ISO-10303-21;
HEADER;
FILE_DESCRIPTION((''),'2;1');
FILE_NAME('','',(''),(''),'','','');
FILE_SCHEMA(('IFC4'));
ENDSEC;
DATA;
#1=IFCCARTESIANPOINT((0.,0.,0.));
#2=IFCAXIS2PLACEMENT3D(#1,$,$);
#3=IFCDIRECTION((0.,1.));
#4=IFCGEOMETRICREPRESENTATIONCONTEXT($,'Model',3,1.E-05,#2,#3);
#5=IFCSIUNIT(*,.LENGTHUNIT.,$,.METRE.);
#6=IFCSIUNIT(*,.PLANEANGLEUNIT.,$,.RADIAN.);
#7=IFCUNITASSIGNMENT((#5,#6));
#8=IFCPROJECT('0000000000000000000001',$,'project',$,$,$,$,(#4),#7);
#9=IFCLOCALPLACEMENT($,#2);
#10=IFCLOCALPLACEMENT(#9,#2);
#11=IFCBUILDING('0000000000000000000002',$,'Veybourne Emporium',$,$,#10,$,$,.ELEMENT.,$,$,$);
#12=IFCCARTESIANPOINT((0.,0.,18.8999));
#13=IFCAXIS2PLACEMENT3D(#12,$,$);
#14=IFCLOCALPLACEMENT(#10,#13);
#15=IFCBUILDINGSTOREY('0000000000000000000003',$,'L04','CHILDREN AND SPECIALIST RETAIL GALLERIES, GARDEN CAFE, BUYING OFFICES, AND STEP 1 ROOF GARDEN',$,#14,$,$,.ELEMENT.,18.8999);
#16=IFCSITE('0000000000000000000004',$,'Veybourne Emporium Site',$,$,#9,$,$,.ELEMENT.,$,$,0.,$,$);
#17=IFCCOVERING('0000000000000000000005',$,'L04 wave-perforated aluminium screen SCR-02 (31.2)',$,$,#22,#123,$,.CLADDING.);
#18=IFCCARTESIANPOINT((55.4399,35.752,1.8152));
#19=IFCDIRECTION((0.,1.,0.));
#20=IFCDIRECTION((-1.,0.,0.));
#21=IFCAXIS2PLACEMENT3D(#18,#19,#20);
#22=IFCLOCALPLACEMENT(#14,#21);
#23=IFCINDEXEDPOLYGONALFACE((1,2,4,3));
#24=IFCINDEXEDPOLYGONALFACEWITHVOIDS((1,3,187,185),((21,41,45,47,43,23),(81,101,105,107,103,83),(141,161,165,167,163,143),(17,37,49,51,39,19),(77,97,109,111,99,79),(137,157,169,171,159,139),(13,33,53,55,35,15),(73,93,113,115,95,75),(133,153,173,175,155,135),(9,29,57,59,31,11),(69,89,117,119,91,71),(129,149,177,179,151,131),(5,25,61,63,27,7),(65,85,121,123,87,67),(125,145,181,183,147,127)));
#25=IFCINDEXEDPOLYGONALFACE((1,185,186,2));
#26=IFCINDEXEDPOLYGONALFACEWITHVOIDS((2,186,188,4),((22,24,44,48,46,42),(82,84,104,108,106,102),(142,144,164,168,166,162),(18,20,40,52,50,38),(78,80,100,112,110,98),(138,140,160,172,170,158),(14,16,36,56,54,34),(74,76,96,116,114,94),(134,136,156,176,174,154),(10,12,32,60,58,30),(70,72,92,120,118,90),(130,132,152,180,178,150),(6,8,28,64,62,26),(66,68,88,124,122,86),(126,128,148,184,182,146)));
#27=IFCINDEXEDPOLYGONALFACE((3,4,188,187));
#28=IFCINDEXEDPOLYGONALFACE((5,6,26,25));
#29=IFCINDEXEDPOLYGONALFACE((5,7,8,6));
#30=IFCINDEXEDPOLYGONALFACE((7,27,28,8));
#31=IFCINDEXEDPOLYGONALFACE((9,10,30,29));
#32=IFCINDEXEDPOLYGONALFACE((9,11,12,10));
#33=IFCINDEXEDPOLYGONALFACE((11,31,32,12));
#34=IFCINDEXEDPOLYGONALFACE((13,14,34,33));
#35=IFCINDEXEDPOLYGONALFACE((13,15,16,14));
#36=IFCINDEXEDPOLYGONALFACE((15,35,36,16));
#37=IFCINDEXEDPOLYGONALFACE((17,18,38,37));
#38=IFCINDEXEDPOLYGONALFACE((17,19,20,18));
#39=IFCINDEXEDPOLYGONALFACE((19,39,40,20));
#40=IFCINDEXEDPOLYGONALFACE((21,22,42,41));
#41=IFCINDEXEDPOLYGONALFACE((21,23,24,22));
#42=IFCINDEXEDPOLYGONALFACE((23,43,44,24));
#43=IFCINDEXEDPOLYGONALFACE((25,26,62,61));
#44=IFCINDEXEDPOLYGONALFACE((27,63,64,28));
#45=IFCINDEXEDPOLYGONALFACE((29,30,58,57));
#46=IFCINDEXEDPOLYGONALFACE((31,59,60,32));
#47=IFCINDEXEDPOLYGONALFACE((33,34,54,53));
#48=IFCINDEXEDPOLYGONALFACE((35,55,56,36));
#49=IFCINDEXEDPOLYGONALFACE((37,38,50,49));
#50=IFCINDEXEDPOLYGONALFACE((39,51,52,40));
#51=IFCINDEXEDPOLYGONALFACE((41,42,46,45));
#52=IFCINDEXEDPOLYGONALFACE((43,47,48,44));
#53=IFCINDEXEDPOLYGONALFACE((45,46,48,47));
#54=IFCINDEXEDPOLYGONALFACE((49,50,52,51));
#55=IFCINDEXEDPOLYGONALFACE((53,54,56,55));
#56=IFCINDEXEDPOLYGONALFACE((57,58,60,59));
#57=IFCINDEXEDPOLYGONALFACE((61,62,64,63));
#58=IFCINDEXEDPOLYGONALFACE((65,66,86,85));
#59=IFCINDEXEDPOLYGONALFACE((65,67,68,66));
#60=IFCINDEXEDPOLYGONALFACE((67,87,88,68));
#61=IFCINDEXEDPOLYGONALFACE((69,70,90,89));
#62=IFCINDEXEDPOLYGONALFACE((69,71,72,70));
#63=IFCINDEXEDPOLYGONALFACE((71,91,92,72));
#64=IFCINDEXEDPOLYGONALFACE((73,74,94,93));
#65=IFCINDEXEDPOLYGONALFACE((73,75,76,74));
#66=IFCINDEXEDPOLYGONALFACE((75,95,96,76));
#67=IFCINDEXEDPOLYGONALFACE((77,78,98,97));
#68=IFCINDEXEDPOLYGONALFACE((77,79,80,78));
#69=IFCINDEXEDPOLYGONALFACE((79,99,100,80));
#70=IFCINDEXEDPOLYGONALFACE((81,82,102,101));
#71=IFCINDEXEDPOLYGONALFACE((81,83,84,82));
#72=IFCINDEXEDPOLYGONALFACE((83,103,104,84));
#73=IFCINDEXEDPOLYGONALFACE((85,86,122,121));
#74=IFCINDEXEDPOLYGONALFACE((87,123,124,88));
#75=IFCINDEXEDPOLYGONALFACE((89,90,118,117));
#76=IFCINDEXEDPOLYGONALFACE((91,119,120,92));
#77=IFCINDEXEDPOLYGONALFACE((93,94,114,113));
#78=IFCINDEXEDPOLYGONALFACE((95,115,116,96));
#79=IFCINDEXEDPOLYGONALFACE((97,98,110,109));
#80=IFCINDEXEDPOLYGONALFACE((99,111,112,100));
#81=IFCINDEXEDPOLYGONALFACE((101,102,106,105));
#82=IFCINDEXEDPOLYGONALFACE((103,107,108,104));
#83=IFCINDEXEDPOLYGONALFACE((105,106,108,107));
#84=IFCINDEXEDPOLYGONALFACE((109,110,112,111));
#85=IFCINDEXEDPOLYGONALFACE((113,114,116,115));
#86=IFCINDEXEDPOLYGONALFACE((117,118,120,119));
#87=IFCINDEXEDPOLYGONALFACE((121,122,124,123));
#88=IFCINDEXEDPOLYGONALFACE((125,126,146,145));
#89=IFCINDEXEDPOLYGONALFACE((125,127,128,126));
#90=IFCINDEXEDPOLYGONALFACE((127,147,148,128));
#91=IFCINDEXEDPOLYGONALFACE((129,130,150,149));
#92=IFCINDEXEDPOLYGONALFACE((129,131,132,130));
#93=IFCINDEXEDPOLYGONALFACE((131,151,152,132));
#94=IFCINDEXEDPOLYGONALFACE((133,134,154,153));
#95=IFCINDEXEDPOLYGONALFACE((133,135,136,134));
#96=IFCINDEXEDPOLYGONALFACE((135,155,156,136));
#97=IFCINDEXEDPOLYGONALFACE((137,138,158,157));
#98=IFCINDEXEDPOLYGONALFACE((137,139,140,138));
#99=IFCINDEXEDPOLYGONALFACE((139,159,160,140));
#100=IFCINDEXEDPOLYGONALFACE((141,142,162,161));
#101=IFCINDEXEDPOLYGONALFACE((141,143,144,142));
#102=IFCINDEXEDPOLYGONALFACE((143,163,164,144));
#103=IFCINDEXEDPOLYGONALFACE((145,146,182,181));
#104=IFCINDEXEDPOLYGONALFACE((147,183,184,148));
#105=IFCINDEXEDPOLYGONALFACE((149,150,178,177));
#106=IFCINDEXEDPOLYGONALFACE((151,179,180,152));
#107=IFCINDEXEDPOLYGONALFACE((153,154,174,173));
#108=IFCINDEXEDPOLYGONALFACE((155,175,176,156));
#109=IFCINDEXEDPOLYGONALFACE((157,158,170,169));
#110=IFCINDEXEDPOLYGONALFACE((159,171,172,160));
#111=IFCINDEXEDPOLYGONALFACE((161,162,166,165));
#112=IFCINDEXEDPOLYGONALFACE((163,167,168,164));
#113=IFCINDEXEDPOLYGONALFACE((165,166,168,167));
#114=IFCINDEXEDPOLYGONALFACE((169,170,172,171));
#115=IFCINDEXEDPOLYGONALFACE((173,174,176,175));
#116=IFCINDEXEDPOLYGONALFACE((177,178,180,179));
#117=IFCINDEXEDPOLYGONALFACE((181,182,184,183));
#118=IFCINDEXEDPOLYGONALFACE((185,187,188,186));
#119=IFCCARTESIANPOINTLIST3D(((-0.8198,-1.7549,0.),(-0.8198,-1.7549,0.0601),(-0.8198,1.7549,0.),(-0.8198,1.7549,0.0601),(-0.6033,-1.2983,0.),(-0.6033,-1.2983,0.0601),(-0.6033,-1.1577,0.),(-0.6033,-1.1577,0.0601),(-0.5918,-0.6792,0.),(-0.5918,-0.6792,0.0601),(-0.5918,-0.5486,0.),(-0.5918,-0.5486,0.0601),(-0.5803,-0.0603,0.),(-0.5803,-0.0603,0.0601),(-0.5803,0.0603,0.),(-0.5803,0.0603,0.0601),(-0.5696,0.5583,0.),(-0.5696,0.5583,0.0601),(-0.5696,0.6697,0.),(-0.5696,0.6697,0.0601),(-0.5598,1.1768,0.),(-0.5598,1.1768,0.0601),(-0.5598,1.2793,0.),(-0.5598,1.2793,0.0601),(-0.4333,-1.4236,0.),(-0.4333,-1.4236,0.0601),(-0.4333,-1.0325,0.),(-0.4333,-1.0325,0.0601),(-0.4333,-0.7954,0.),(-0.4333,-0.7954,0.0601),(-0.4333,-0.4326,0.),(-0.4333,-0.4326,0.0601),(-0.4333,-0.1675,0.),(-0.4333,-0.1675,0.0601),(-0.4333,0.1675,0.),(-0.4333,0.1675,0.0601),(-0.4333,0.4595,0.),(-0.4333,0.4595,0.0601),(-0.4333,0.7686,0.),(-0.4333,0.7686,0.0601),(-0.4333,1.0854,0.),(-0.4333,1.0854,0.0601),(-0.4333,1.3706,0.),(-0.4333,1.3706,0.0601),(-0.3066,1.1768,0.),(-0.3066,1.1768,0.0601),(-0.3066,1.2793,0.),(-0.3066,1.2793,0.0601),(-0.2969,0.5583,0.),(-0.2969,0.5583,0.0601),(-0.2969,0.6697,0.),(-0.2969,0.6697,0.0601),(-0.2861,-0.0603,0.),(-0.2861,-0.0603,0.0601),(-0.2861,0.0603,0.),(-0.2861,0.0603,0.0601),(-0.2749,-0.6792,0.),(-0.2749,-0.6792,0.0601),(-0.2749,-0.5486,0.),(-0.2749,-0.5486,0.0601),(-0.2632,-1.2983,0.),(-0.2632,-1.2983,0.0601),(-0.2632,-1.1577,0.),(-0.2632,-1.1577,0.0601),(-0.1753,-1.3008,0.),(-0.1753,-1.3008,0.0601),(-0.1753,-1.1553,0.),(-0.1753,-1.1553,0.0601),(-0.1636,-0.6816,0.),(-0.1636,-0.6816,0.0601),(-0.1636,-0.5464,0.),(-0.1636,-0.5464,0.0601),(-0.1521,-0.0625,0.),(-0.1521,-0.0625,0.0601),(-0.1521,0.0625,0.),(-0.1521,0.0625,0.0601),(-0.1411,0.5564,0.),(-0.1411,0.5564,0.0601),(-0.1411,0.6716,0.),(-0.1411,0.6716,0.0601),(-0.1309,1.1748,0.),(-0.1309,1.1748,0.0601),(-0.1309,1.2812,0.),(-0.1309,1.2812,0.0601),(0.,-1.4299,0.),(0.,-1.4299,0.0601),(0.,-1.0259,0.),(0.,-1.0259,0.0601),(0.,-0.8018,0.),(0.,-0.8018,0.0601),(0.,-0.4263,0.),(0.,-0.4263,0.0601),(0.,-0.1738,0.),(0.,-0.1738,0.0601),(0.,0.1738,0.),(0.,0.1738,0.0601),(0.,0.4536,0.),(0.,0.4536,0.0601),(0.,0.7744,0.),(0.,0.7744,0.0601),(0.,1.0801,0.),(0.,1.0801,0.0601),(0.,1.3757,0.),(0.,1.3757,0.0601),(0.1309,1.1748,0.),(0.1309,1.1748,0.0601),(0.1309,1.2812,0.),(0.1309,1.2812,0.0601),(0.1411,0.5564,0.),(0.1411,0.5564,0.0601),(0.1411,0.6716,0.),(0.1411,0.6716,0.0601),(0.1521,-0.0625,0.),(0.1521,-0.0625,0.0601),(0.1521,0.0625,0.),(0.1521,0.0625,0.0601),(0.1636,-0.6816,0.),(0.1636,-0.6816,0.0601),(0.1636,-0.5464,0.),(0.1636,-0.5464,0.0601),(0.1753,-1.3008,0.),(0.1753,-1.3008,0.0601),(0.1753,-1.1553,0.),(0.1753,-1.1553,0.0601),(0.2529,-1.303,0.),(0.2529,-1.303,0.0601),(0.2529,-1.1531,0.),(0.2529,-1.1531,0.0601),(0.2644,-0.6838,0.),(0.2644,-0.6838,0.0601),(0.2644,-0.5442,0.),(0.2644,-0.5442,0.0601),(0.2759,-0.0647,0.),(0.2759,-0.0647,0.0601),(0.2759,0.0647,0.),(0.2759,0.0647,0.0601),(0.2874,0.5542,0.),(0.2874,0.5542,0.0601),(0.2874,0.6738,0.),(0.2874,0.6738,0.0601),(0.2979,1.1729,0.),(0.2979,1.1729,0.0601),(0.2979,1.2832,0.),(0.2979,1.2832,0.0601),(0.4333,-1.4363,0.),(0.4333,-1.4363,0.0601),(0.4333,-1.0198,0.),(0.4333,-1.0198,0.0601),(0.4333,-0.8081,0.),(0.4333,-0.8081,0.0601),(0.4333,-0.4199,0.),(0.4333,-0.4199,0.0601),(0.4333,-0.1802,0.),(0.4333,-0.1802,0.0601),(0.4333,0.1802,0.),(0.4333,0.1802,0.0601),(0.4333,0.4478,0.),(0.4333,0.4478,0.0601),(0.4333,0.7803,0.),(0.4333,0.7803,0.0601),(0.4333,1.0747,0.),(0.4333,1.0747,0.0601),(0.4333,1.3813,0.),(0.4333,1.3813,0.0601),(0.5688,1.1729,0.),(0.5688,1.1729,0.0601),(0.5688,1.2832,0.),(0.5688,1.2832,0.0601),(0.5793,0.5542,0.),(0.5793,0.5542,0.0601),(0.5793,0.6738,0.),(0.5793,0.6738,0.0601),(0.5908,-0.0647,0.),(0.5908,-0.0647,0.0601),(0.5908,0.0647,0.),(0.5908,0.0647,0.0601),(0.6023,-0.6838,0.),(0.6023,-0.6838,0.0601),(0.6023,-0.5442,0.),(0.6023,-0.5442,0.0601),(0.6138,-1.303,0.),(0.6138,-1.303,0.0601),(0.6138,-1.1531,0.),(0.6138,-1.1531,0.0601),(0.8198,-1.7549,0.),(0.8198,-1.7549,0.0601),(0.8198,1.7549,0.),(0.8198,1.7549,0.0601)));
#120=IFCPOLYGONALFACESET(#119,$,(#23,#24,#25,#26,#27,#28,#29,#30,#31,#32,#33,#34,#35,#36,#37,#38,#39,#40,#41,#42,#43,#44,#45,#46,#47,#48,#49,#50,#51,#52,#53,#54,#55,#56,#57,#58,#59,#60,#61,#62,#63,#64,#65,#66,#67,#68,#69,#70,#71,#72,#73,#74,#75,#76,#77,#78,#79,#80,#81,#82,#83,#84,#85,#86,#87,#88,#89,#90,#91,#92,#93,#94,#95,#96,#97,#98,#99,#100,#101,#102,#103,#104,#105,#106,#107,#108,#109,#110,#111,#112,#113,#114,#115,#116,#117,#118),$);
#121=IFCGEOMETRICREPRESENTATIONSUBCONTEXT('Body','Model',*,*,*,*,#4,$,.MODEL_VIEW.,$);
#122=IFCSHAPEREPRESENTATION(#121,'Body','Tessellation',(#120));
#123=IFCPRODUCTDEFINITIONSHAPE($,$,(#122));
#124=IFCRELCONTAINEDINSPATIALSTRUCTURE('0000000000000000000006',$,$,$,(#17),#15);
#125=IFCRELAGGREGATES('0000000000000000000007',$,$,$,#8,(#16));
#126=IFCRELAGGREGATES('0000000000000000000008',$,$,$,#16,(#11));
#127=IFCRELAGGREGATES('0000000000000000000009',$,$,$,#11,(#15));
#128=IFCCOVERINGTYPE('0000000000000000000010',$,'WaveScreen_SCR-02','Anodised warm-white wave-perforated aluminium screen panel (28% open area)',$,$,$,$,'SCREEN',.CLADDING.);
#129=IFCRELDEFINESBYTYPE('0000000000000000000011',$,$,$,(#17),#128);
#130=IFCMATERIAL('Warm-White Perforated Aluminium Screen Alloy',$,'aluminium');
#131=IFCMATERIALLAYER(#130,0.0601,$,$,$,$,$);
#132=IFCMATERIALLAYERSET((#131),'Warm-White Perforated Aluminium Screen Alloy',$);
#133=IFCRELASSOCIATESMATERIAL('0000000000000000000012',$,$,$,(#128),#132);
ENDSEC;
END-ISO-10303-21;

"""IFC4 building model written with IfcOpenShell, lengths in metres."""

from ifc_helpers import new_model, si_unit, direction, frame, origin, place, context, subcontext, project, spatial, polyline, outline, extrude, material, layer, layer_set, type_object, element, save


model = new_model("IFC4")

# Units and contexts
model_context = context("Model", 3, precision=1e-05, world=origin(), true_north=direction((0.0, 1.0)))
body_context = subcontext(model_context, "Body", "Model", "MODEL_VIEW")
ifc_project = project(units=[si_unit("LENGTHUNIT", "METRE"), si_unit("PLANEANGLEUNIT", "RADIAN")], contexts=[model_context])

# Site, building, storey
site_placement = place(None, origin())
site = spatial("IfcSite", under=ifc_project, at=site_placement, Name="Veybourne Emporium Site", CompositionType="ELEMENT", RefElevation=0.0)
building_placement = place(site_placement, origin())
building = spatial("IfcBuilding", under=site, at=building_placement, Name="Veybourne Emporium", CompositionType="ELEMENT")
storey_placement = place(building_placement, frame((0.0, 0.0, 18.8999)))
storey = spatial("IfcBuildingStorey", under=building, at=storey_placement, Name="L04", Description="CHILDREN AND SPECIALIST RETAIL GALLERIES, GARDEN CAFE, BUYING OFFICES, AND STEP 1 ROOF GARDEN", CompositionType="ELEMENT", Elevation=18.8999)

# Covering
ifc_material_1 = material(Name="Warm-White Perforated Aluminium Screen Alloy", Category="aluminium")
ifc_layer_1 = layer(ifc_material_1, 0.0601)
ifc_layer_set_1 = layer_set([ifc_layer_1], Name="Warm-White Perforated Aluminium Screen Alloy")
covering_type_1 = type_object("IfcCoveringType", Name="WaveScreen_SCR-02", Description="Anodised warm-white wave-perforated aluminium screen panel (28% open area)", ElementType="SCREEN", PredefinedType="CLADDING", material=ifc_layer_set_1)
covering_1_placement = place(storey_placement, frame((55.4399, 35.752, 1.8152), z_axis=(0.0, 1.0, 0.0), x_axis=(-1.0, 0.0, 0.0)))
element("IfcCovering", 1, at=covering_1_placement, inside=storey, type_object=covering_type_1, Name="L04 wave-perforated aluminium screen SCR-02 (31.2)", PredefinedType="CLADDING", context=body_context, shape_type="SweptSolid", body=[
    extrude(outline(polyline([(-0.8198, -1.7549), (0.8198, -1.7549), (0.8198, 1.7549), (-0.8198, 1.7549), (-0.8198, -1.7549)]), holes=[polyline([(-0.4333, -1.0325), (-0.2632, -1.1577), (-0.2632, -1.2983), (-0.4333, -1.4236), (-0.6033, -1.2983), (-0.6033, -1.1577), (-0.4333, -1.0325)]), polyline([(-0.4333, -0.4326), (-0.2749, -0.5486), (-0.2749, -0.6792), (-0.4333, -0.7954), (-0.5918, -0.6792), (-0.5918, -0.5486), (-0.4333, -0.4326)]), polyline([(-0.4333, 0.1675), (-0.2861, 0.0603), (-0.2861, -0.0603), (-0.4333, -0.1675), (-0.5803, -0.0603), (-0.5803, 0.0603), (-0.4333, 0.1675)]), polyline([(-0.4333, 0.7686), (-0.2969, 0.6697), (-0.2969, 0.5583), (-0.4333, 0.4595), (-0.5696, 0.5583), (-0.5696, 0.6697), (-0.4333, 0.7686)]), polyline([(-0.4333, 1.3706), (-0.3066, 1.2793), (-0.3066, 1.1768), (-0.4333, 1.0854), (-0.5598, 1.1768), (-0.5598, 1.2793), (-0.4333, 1.3706)]), polyline([(0.0, -1.0259), (0.1753, -1.1553), (0.1753, -1.3008), (0.0, -1.4299), (-0.1753, -1.3008), (-0.1753, -1.1553), (0.0, -1.0259)]), polyline([(0.0, -0.4263), (0.1636, -0.5464), (0.1636, -0.6816), (0.0, -0.8018), (-0.1636, -0.6816), (-0.1636, -0.5464), (0.0, -0.4263)]), polyline([(0.0, 0.1738), (0.1521, 0.0625), (0.1521, -0.0625), (0.0, -0.1738), (-0.1521, -0.0625), (-0.1521, 0.0625), (0.0, 0.1738)]), polyline([(0.0, 0.7744), (0.1411, 0.6716), (0.1411, 0.5564), (0.0, 0.4536), (-0.1411, 0.5564), (-0.1411, 0.6716), (0.0, 0.7744)]), polyline([(0.0, 1.3757), (0.1309, 1.2812), (0.1309, 1.1748), (0.0, 1.0801), (-0.1309, 1.1748), (-0.1309, 1.2812), (0.0, 1.3757)]), polyline([(0.4333, -1.0198), (0.6138, -1.1531), (0.6138, -1.303), (0.4333, -1.4363), (0.2529, -1.303), (0.2529, -1.1531), (0.4333, -1.0198)]), polyline([(0.4333, -0.4199), (0.6023, -0.5442), (0.6023, -0.6838), (0.4333, -0.8081), (0.2644, -0.6838), (0.2644, -0.5442), (0.4333, -0.4199)]), polyline([(0.4333, 0.1802), (0.5908, 0.0647), (0.5908, -0.0647), (0.4333, -0.1802), (0.2759, -0.0647), (0.2759, 0.0647), (0.4333, 0.1802)]), polyline([(0.4333, 0.7803), (0.5793, 0.6738), (0.5793, 0.5542), (0.4333, 0.4478), (0.2874, 0.5542), (0.2874, 0.6738), (0.4333, 0.7803)]), polyline([(0.4333, 1.3813), (0.5688, 1.2832), (0.5688, 1.1729), (0.4333, 1.0747), (0.2979, 1.1729), (0.2979, 1.2832), (0.4333, 1.3813)])]), origin(), (0.0, 0.0, 1.0), 0.0601),
])

save(model, "model.ifc")
